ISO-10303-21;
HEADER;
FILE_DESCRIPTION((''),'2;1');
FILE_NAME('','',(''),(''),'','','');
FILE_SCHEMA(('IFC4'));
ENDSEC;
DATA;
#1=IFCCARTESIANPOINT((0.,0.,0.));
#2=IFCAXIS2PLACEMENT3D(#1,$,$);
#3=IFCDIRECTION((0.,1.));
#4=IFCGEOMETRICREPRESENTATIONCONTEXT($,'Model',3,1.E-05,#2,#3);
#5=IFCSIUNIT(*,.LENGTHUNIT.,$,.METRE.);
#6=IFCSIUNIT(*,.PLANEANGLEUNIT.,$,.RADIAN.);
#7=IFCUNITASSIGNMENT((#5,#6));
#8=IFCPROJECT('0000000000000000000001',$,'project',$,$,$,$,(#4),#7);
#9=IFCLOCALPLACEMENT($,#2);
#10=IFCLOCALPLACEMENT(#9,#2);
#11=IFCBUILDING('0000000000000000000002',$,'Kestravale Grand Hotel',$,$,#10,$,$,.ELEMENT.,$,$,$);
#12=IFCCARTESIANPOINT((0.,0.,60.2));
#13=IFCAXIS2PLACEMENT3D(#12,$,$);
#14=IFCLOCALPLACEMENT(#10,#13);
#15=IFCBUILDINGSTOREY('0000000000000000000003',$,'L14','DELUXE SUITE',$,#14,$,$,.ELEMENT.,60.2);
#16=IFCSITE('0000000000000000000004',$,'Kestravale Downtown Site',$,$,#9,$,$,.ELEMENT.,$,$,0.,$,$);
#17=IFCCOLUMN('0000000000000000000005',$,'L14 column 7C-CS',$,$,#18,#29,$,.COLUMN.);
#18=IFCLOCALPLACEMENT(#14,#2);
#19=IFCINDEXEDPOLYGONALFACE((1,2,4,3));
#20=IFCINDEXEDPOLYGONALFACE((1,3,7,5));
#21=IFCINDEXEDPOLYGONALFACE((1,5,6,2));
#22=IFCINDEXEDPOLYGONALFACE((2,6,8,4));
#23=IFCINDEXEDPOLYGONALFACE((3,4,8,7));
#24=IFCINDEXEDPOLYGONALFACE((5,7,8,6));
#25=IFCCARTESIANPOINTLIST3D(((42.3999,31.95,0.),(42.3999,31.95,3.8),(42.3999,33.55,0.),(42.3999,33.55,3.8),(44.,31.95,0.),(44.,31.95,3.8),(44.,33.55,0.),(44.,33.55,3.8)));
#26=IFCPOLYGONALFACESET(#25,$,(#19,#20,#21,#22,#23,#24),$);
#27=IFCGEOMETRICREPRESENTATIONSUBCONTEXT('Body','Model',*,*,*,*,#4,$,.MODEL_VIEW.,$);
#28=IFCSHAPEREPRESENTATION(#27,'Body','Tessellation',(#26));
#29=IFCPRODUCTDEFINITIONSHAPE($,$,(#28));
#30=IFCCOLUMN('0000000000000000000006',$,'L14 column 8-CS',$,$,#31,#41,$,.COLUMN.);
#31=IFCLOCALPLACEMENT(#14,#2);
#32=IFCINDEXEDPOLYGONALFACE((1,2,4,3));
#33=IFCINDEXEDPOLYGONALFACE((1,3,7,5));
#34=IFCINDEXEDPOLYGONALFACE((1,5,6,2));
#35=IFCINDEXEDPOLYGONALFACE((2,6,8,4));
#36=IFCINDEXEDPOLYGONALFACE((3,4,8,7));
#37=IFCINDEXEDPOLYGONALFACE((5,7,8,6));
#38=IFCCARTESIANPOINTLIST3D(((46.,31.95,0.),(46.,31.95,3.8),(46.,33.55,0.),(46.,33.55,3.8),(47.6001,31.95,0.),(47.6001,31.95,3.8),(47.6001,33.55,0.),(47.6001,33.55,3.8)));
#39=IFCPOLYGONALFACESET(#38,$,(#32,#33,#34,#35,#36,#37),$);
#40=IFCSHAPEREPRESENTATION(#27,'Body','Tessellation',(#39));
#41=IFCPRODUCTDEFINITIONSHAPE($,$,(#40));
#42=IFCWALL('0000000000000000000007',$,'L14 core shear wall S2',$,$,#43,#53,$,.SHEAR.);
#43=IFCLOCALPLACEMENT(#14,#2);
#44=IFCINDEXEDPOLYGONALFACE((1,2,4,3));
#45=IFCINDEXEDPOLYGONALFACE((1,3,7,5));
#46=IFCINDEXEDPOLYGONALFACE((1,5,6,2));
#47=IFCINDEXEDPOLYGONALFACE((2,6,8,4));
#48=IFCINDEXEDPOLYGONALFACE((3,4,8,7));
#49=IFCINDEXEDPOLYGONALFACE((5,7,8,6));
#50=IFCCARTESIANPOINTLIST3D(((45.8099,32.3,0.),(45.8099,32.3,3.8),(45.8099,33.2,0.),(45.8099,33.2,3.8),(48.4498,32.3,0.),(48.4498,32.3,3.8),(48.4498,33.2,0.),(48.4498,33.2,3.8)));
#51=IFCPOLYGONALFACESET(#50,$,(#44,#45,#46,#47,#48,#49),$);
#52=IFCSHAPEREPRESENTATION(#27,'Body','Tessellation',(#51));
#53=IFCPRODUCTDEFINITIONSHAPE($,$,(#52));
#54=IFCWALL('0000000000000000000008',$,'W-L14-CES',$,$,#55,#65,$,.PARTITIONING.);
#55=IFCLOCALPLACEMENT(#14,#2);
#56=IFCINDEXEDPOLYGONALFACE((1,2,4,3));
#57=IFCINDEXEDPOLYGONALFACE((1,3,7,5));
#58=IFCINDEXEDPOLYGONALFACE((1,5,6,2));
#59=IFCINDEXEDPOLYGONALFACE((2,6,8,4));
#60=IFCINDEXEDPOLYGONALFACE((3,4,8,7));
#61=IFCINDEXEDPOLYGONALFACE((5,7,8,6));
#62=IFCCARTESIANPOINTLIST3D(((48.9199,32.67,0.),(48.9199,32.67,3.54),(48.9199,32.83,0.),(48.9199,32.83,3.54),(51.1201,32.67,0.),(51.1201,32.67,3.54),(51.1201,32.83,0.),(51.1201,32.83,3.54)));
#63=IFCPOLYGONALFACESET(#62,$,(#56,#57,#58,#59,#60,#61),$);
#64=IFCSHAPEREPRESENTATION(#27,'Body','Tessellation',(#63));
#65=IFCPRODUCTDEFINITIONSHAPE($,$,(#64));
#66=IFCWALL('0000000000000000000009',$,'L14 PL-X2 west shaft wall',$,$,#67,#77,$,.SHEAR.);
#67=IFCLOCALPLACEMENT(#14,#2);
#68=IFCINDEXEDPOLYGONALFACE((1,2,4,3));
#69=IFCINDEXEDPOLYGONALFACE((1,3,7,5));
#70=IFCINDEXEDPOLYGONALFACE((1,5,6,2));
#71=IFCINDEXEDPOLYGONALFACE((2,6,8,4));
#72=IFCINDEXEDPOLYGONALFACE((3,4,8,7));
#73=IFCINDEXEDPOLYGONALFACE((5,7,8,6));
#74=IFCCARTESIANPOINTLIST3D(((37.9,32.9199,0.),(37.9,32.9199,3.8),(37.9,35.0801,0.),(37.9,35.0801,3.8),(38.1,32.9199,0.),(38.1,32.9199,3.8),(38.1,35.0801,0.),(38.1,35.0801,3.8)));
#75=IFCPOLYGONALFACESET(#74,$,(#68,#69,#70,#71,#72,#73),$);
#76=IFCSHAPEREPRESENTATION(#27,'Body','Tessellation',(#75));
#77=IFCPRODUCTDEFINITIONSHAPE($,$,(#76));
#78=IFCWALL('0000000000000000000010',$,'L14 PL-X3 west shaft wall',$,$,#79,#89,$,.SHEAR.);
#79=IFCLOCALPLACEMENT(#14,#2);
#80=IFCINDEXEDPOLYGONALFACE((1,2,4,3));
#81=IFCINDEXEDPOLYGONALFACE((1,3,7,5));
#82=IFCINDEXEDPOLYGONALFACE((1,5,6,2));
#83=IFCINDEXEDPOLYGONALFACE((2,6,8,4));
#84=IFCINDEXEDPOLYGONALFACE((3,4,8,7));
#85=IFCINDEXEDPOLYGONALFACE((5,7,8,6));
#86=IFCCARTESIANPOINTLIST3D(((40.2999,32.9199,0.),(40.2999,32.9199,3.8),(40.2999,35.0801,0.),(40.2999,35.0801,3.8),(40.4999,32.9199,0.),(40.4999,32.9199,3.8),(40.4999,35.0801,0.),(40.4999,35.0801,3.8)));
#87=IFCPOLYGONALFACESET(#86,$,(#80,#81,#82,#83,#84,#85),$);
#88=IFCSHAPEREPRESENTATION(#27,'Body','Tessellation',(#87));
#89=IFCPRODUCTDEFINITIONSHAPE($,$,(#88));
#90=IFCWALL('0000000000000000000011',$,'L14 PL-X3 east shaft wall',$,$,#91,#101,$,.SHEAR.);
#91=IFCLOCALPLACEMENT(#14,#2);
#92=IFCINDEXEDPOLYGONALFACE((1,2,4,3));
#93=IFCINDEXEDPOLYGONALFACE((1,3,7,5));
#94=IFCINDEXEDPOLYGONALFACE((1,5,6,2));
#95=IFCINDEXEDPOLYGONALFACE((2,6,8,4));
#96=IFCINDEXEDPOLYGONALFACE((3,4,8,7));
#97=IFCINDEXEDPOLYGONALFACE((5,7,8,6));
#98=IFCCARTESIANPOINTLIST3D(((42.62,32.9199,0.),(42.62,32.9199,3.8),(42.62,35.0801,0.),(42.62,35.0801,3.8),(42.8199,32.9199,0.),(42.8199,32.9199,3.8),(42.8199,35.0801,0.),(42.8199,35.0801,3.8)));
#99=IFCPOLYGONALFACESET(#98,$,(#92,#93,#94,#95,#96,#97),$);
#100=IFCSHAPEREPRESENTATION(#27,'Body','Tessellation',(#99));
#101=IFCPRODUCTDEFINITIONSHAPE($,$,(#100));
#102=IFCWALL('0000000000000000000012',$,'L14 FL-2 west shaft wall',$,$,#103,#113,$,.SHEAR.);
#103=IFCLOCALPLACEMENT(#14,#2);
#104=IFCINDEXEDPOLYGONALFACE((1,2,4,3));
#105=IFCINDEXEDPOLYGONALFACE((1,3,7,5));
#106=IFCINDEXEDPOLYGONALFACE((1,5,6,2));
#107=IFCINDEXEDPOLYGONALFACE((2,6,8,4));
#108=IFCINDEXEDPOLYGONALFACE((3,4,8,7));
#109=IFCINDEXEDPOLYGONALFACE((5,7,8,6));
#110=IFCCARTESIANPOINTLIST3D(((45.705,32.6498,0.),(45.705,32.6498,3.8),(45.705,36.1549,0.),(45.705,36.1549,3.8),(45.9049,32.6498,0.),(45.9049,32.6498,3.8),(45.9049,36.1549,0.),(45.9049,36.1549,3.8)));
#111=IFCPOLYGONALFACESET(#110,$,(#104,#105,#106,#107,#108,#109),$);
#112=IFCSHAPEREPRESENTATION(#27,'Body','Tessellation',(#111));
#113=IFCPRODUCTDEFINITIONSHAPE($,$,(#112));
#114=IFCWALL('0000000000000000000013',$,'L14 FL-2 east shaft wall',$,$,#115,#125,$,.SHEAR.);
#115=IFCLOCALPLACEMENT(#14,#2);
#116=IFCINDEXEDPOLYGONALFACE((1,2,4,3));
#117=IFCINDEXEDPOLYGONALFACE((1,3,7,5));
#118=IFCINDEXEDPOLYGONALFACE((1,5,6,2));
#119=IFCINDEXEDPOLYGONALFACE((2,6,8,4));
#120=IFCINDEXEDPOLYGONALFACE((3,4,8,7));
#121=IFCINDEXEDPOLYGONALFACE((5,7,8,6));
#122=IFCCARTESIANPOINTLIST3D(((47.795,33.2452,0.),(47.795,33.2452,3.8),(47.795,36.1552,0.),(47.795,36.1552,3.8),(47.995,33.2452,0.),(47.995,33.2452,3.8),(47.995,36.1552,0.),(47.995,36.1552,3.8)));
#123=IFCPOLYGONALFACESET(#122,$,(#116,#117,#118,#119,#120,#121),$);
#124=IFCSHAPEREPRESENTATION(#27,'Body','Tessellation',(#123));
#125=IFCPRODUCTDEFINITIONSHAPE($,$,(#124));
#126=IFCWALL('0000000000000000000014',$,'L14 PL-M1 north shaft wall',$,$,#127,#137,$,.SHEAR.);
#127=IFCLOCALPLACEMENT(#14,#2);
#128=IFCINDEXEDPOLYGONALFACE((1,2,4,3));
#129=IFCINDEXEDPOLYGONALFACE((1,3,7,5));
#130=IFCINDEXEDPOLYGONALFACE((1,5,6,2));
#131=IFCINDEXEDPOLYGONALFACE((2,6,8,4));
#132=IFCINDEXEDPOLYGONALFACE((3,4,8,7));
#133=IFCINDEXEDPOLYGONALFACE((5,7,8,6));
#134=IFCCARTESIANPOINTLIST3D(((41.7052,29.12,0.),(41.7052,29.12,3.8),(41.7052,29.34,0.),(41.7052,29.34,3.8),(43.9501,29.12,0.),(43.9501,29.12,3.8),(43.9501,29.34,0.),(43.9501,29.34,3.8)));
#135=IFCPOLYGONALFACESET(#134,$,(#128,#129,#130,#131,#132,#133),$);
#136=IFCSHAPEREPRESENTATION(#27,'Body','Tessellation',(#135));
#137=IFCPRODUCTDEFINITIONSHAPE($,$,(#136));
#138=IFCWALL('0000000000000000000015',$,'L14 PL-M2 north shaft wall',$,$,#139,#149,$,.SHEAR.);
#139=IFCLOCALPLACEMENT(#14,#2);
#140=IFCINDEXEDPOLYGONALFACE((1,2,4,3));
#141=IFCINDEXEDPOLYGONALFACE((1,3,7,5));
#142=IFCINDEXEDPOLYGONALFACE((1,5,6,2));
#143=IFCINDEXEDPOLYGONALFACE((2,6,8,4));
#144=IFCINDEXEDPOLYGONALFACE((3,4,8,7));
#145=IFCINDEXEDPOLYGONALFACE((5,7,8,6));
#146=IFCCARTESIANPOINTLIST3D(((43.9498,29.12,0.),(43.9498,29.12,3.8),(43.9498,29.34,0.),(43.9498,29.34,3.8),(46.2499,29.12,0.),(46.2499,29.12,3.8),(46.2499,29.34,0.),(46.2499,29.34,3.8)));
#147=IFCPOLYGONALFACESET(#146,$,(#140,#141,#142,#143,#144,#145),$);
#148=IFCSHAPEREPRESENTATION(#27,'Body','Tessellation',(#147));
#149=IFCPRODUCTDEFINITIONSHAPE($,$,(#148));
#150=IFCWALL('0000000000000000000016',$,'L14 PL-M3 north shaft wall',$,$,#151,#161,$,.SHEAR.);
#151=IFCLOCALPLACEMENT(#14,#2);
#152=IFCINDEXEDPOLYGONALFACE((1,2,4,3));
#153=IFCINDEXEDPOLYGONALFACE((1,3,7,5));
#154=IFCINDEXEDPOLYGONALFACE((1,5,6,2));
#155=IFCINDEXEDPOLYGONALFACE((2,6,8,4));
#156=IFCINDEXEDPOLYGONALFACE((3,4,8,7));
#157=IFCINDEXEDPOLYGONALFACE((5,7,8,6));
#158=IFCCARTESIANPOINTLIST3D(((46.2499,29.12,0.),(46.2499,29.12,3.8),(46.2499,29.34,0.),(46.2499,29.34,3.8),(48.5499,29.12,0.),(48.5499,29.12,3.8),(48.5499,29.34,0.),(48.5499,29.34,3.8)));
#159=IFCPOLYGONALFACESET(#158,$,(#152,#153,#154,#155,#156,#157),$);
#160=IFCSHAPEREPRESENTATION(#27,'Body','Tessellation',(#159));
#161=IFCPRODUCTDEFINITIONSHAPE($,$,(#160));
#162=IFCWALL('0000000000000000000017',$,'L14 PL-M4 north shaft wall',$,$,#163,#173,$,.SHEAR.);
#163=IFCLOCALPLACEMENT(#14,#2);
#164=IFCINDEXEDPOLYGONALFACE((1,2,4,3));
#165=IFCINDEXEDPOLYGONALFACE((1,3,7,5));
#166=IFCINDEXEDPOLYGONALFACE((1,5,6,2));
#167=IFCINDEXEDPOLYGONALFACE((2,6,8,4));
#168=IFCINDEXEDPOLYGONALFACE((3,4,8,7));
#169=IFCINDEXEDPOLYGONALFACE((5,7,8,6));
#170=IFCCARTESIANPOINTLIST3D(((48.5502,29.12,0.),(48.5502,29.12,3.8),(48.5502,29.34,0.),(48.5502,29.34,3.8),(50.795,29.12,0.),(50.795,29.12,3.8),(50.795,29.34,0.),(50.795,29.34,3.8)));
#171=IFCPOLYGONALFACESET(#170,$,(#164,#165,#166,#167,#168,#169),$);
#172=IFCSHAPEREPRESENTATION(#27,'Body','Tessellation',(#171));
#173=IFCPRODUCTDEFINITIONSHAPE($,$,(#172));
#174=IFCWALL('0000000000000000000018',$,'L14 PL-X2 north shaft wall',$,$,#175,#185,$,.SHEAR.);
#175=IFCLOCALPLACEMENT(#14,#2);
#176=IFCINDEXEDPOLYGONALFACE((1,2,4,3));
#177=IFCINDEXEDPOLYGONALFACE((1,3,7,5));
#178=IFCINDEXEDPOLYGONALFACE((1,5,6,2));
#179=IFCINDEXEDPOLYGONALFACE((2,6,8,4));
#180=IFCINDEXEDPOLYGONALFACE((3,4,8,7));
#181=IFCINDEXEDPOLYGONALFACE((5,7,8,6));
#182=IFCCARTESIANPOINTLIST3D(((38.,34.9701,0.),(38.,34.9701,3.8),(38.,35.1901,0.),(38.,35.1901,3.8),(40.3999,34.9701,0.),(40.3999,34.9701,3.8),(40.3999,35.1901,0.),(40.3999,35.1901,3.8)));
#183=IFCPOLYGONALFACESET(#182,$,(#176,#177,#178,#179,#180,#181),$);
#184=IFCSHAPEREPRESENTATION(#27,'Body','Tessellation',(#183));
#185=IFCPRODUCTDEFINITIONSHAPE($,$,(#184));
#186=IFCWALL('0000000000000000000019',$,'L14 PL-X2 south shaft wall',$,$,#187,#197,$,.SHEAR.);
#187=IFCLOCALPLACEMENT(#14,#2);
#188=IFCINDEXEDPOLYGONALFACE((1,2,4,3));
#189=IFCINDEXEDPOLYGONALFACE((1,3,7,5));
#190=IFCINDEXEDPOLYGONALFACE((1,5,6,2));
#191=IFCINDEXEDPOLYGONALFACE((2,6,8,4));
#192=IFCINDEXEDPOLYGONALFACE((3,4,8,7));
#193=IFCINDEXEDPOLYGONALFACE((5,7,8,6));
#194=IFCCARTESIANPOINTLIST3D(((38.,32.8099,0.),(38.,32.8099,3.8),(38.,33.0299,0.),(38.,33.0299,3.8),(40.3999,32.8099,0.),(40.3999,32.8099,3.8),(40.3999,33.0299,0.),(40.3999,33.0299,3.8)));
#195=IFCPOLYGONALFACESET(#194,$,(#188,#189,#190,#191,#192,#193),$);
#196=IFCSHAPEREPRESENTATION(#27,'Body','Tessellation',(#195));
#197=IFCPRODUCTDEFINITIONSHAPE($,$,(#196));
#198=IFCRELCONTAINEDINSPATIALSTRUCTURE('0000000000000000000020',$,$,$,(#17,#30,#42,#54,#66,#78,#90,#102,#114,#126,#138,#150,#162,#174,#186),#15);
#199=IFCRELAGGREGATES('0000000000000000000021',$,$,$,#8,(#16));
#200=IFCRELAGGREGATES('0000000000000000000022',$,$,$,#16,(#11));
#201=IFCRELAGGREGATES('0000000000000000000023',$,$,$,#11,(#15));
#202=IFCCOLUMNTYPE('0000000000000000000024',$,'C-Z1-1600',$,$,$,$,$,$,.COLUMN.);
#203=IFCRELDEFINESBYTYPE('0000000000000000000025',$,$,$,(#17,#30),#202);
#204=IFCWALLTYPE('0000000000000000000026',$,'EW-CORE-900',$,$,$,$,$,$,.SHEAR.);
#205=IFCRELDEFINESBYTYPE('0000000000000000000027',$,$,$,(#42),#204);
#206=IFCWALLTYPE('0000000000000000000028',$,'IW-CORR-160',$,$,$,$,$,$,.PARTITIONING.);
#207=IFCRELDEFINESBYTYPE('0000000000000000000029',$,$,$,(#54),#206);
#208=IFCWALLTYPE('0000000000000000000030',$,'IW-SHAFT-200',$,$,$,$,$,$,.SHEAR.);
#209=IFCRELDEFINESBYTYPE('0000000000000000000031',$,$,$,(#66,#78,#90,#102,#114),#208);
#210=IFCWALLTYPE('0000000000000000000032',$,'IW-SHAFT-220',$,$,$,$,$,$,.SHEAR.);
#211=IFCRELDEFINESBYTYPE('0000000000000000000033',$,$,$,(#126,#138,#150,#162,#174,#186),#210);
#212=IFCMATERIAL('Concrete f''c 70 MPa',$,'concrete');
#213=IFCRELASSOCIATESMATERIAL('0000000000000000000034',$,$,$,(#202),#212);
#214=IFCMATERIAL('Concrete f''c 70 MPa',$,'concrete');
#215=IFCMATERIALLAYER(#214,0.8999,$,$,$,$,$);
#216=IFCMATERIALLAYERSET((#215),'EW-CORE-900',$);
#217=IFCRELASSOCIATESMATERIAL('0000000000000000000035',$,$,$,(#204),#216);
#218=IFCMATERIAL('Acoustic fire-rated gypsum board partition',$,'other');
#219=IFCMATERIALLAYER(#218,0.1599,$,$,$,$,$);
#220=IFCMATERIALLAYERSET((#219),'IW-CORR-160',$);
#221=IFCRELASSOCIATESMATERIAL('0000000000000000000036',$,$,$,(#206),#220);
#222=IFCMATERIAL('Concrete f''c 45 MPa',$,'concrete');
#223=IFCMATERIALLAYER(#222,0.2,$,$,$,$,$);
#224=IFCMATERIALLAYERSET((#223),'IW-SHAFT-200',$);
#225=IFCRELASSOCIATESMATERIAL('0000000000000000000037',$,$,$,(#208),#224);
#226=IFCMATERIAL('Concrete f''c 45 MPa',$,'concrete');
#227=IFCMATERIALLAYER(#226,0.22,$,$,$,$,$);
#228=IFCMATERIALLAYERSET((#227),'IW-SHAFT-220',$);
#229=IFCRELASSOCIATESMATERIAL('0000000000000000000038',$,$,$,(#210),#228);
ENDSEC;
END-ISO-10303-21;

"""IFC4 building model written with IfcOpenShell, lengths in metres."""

from ifc_helpers import new_model, si_unit, direction, frame, frame_2d, origin, origin_2d, place, context, subcontext, project, spatial, rectangle, extrude, material, layer, layer_set, material_profile, profile_set, type_object, element, save


model = new_model("IFC4")

# Units and contexts
model_context = context("Model", 3, precision=1e-05, world=origin(), true_north=direction((0.0, 1.0)))
body_context = subcontext(model_context, "Body", "Model", "MODEL_VIEW")
ifc_project = project(units=[si_unit("LENGTHUNIT", "METRE"), si_unit("PLANEANGLEUNIT", "RADIAN")], contexts=[model_context])

# Site, building, storey
site_placement = place(None, origin())
site = spatial("IfcSite", under=ifc_project, at=site_placement, Name="Kestravale Downtown Site", CompositionType="ELEMENT", RefElevation=0.0)
building_placement = place(site_placement, origin())
building = spatial("IfcBuilding", under=site, at=building_placement, Name="Kestravale Grand Hotel", CompositionType="ELEMENT")
storey_placement = place(building_placement, frame((0.0, 0.0, 60.2)))
storey = spatial("IfcBuildingStorey", under=building, at=storey_placement, Name="L14", Description="DELUXE SUITE", CompositionType="ELEMENT", Elevation=60.2)

# Columns
ifc_material_1 = material(Name="Concrete f'c 70 MPa", Category="concrete")
ifc_material_profile = material_profile(ifc_material_1, rectangle(XDim=1.6001, YDim=1.6001, at=origin_2d()))
ifc_profile_set = profile_set([ifc_material_profile], Name="Concrete f'c 70 MPa")
column_type = type_object("IfcColumnType", Name="C-Z1-1600", PredefinedType="COLUMN", material=ifc_profile_set)
for number, where, z_axis, x_axis, name in (
    (1, (43.2, 32.75, 0.0), (0.0, 0.0, 1.0), (1.0, 0.0, 0.0), "L14 column 7C-CS"),
    (2, (46.8, 32.75, 0.0), (0.0, 0.0, 1.0), (1.0, 0.0, 0.0), "L14 column 8-CS"),
):
    element("IfcColumn", number, at=place(storey_placement, frame(where, z_axis=z_axis, x_axis=x_axis)), inside=storey, type_object=column_type, Name=name, PredefinedType="COLUMN", context=body_context, shape_type="SweptSolid", body=[
        extrude(rectangle(XDim=1.6001, YDim=1.6001, at=origin_2d()), origin(), (0.0, 0.0, 1.0), 3.8),
    ])

# Wall
ifc_material_2 = material(Name="Concrete f'c 70 MPa", Category="concrete")
ifc_layer_1 = layer(ifc_material_2, 0.8999)
ifc_layer_set_1 = layer_set([ifc_layer_1], Name="EW-CORE-900")
wall_type_1 = type_object("IfcWallType", Name="EW-CORE-900", PredefinedType="SHEAR", material=ifc_layer_set_1)
wall_1_placement = place(storey_placement, frame((45.8101, 32.75, 0.0), z_axis=(0.0, 0.0, 1.0), x_axis=(1.0, 0.0, 0.0)))
element("IfcWall", 3, at=wall_1_placement, inside=storey, type_object=wall_type_1, Name="L14 core shear wall S2", PredefinedType="SHEAR", context=body_context, shape_type="SweptSolid", body=[
    extrude(rectangle(XDim=2.6399, YDim=0.8999, at=frame_2d((1.3198, 0.0))), origin(), (0.0, 0.0, 1.0), 3.8),
])

# Wall
ifc_material_3 = material(Name="Acoustic fire-rated gypsum board partition", Category="other")
ifc_layer_2 = layer(ifc_material_3, 0.1599)
ifc_layer_set_2 = layer_set([ifc_layer_2], Name="IW-CORR-160")
wall_type_2 = type_object("IfcWallType", Name="IW-CORR-160", PredefinedType="PARTITIONING", material=ifc_layer_set_2)
wall_2_placement = place(storey_placement, frame((48.9199, 32.75, 0.0), z_axis=(0.0, 0.0, 1.0), x_axis=(1.0, 0.0, 0.0)))
element("IfcWall", 4, at=wall_2_placement, inside=storey, type_object=wall_type_2, Name="W-L14-CES", PredefinedType="PARTITIONING", context=body_context, shape_type="SweptSolid", body=[
    extrude(rectangle(XDim=2.2002, YDim=0.1599, at=frame_2d((1.1001, 0.0))), origin(), (0.0, 0.0, 1.0), 3.54),
])

# Walls
ifc_material_4 = material(Name="Concrete f'c 45 MPa", Category="concrete")
ifc_layer_3 = layer(ifc_material_4, 0.2)
ifc_layer_set_3 = layer_set([ifc_layer_3], Name="IW-SHAFT-200")
wall_type_3 = type_object("IfcWallType", Name="IW-SHAFT-200", PredefinedType="SHEAR", material=ifc_layer_set_3)
for number, where, z_axis, x_axis, name in (
    (5, (38.0, 32.9199, 0.0), (0.0, 0.0, 1.0), (0.0, 1.0, 0.0), "L14 PL-X2 west shaft wall"),
    (6, (40.3999, 32.9199, 0.0), (0.0, 0.0, 1.0), (0.0, 1.0, 0.0), "L14 PL-X3 west shaft wall"),
    (7, (42.72, 32.9199, 0.0), (0.0, 0.0, 1.0), (0.0, 1.0, 0.0), "L14 PL-X3 east shaft wall"),
):
    element("IfcWall", number, at=place(storey_placement, frame(where, z_axis=z_axis, x_axis=x_axis)), inside=storey, type_object=wall_type_3, Name=name, PredefinedType="SHEAR", context=body_context, shape_type="SweptSolid", body=[
        extrude(rectangle(XDim=2.1602, YDim=0.2, at=frame_2d((1.0801, 0.0))), origin(), (0.0, 0.0, 1.0), 3.8),
    ])
wall_3_placement = place(storey_placement, frame((45.8049, 32.6499, 0.0), z_axis=(0.0, 0.0, 1.0), x_axis=(0.0, 1.0, 0.0)))
element("IfcWall", 8, at=wall_3_placement, inside=storey, type_object=wall_type_3, Name="L14 FL-2 west shaft wall", PredefinedType="SHEAR", context=body_context, shape_type="SweptSolid", body=[
    extrude(rectangle(XDim=3.5051, YDim=0.2, at=frame_2d((1.7524, 0.0))), origin(), (0.0, 0.0, 1.0), 3.8),
])
wall_4_placement = place(storey_placement, frame((47.895, 33.2451, 0.0), z_axis=(0.0, 0.0, 1.0), x_axis=(0.0, 1.0, 0.0)))
element("IfcWall", 9, at=wall_4_placement, inside=storey, type_object=wall_type_3, Name="L14 FL-2 east shaft wall", PredefinedType="SHEAR", context=body_context, shape_type="SweptSolid", body=[
    extrude(rectangle(XDim=2.9099, YDim=0.2, at=frame_2d((1.4551, 0.0))), origin(), (0.0, 0.0, 1.0), 3.8),
])
ifc_material_5 = material(Name="Concrete f'c 45 MPa", Category="concrete")
ifc_layer_4 = layer(ifc_material_5, 0.22)
ifc_layer_set_4 = layer_set([ifc_layer_4], Name="IW-SHAFT-220")
wall_type_4 = type_object("IfcWallType", Name="IW-SHAFT-220", PredefinedType="SHEAR", material=ifc_layer_set_4)
wall_5_placement = place(storey_placement, frame((41.7051, 29.23, 0.0), z_axis=(0.0, 0.0, 1.0), x_axis=(1.0, 0.0, 0.0)))
element("IfcWall", 10, at=wall_5_placement, inside=storey, type_object=wall_type_4, Name="L14 PL-M1 north shaft wall", PredefinedType="SHEAR", context=body_context, shape_type="SweptSolid", body=[
    extrude(rectangle(XDim=2.2449, YDim=0.22, at=frame_2d((1.1226, 0.0))), origin(), (0.0, 0.0, 1.0), 3.8),
])
for number, where, z_axis, x_axis, name in (
    (11, (43.95, 29.23, 0.0), (0.0, 0.0, 1.0), (1.0, 0.0, 0.0), "L14 PL-M2 north shaft wall"),
    (12, (46.25, 29.23, 0.0), (0.0, 0.0, 1.0), (1.0, 0.0, 0.0), "L14 PL-M3 north shaft wall"),
):
    element("IfcWall", number, at=place(storey_placement, frame(where, z_axis=z_axis, x_axis=x_axis)), inside=storey, type_object=wall_type_4, Name=name, PredefinedType="SHEAR", context=body_context, shape_type="SweptSolid", body=[
        extrude(rectangle(XDim=2.3, YDim=0.22, at=frame_2d((1.1499, 0.0))), origin(), (0.0, 0.0, 1.0), 3.8),
    ])
wall_6_placement = place(storey_placement, frame((48.55, 29.23, 0.0), z_axis=(0.0, 0.0, 1.0), x_axis=(1.0, 0.0, 0.0)))
element("IfcWall", 13, at=wall_6_placement, inside=storey, type_object=wall_type_4, Name="L14 PL-M4 north shaft wall", PredefinedType="SHEAR", context=body_context, shape_type="SweptSolid", body=[
    extrude(rectangle(XDim=2.2449, YDim=0.22, at=frame_2d((1.1226, 0.0))), origin(), (0.0, 0.0, 1.0), 3.8),
])
for number, where, z_axis, x_axis, name in (
    (14, (38.0, 35.0801, 0.0), (0.0, 0.0, 1.0), (1.0, 0.0, 0.0), "L14 PL-X2 north shaft wall"),
    (15, (38.0, 32.9199, 0.0), (0.0, 0.0, 1.0), (1.0, 0.0, 0.0), "L14 PL-X2 south shaft wall"),
):
    element("IfcWall", number, at=place(storey_placement, frame(where, z_axis=z_axis, x_axis=x_axis)), inside=storey, type_object=wall_type_4, Name=name, PredefinedType="SHEAR", context=body_context, shape_type="SweptSolid", body=[
        extrude(rectangle(XDim=2.3999, YDim=0.22, at=frame_2d((1.2, 0.0))), origin(), (0.0, 0.0, 1.0), 3.8),
    ])

save(model, "model.ifc")
